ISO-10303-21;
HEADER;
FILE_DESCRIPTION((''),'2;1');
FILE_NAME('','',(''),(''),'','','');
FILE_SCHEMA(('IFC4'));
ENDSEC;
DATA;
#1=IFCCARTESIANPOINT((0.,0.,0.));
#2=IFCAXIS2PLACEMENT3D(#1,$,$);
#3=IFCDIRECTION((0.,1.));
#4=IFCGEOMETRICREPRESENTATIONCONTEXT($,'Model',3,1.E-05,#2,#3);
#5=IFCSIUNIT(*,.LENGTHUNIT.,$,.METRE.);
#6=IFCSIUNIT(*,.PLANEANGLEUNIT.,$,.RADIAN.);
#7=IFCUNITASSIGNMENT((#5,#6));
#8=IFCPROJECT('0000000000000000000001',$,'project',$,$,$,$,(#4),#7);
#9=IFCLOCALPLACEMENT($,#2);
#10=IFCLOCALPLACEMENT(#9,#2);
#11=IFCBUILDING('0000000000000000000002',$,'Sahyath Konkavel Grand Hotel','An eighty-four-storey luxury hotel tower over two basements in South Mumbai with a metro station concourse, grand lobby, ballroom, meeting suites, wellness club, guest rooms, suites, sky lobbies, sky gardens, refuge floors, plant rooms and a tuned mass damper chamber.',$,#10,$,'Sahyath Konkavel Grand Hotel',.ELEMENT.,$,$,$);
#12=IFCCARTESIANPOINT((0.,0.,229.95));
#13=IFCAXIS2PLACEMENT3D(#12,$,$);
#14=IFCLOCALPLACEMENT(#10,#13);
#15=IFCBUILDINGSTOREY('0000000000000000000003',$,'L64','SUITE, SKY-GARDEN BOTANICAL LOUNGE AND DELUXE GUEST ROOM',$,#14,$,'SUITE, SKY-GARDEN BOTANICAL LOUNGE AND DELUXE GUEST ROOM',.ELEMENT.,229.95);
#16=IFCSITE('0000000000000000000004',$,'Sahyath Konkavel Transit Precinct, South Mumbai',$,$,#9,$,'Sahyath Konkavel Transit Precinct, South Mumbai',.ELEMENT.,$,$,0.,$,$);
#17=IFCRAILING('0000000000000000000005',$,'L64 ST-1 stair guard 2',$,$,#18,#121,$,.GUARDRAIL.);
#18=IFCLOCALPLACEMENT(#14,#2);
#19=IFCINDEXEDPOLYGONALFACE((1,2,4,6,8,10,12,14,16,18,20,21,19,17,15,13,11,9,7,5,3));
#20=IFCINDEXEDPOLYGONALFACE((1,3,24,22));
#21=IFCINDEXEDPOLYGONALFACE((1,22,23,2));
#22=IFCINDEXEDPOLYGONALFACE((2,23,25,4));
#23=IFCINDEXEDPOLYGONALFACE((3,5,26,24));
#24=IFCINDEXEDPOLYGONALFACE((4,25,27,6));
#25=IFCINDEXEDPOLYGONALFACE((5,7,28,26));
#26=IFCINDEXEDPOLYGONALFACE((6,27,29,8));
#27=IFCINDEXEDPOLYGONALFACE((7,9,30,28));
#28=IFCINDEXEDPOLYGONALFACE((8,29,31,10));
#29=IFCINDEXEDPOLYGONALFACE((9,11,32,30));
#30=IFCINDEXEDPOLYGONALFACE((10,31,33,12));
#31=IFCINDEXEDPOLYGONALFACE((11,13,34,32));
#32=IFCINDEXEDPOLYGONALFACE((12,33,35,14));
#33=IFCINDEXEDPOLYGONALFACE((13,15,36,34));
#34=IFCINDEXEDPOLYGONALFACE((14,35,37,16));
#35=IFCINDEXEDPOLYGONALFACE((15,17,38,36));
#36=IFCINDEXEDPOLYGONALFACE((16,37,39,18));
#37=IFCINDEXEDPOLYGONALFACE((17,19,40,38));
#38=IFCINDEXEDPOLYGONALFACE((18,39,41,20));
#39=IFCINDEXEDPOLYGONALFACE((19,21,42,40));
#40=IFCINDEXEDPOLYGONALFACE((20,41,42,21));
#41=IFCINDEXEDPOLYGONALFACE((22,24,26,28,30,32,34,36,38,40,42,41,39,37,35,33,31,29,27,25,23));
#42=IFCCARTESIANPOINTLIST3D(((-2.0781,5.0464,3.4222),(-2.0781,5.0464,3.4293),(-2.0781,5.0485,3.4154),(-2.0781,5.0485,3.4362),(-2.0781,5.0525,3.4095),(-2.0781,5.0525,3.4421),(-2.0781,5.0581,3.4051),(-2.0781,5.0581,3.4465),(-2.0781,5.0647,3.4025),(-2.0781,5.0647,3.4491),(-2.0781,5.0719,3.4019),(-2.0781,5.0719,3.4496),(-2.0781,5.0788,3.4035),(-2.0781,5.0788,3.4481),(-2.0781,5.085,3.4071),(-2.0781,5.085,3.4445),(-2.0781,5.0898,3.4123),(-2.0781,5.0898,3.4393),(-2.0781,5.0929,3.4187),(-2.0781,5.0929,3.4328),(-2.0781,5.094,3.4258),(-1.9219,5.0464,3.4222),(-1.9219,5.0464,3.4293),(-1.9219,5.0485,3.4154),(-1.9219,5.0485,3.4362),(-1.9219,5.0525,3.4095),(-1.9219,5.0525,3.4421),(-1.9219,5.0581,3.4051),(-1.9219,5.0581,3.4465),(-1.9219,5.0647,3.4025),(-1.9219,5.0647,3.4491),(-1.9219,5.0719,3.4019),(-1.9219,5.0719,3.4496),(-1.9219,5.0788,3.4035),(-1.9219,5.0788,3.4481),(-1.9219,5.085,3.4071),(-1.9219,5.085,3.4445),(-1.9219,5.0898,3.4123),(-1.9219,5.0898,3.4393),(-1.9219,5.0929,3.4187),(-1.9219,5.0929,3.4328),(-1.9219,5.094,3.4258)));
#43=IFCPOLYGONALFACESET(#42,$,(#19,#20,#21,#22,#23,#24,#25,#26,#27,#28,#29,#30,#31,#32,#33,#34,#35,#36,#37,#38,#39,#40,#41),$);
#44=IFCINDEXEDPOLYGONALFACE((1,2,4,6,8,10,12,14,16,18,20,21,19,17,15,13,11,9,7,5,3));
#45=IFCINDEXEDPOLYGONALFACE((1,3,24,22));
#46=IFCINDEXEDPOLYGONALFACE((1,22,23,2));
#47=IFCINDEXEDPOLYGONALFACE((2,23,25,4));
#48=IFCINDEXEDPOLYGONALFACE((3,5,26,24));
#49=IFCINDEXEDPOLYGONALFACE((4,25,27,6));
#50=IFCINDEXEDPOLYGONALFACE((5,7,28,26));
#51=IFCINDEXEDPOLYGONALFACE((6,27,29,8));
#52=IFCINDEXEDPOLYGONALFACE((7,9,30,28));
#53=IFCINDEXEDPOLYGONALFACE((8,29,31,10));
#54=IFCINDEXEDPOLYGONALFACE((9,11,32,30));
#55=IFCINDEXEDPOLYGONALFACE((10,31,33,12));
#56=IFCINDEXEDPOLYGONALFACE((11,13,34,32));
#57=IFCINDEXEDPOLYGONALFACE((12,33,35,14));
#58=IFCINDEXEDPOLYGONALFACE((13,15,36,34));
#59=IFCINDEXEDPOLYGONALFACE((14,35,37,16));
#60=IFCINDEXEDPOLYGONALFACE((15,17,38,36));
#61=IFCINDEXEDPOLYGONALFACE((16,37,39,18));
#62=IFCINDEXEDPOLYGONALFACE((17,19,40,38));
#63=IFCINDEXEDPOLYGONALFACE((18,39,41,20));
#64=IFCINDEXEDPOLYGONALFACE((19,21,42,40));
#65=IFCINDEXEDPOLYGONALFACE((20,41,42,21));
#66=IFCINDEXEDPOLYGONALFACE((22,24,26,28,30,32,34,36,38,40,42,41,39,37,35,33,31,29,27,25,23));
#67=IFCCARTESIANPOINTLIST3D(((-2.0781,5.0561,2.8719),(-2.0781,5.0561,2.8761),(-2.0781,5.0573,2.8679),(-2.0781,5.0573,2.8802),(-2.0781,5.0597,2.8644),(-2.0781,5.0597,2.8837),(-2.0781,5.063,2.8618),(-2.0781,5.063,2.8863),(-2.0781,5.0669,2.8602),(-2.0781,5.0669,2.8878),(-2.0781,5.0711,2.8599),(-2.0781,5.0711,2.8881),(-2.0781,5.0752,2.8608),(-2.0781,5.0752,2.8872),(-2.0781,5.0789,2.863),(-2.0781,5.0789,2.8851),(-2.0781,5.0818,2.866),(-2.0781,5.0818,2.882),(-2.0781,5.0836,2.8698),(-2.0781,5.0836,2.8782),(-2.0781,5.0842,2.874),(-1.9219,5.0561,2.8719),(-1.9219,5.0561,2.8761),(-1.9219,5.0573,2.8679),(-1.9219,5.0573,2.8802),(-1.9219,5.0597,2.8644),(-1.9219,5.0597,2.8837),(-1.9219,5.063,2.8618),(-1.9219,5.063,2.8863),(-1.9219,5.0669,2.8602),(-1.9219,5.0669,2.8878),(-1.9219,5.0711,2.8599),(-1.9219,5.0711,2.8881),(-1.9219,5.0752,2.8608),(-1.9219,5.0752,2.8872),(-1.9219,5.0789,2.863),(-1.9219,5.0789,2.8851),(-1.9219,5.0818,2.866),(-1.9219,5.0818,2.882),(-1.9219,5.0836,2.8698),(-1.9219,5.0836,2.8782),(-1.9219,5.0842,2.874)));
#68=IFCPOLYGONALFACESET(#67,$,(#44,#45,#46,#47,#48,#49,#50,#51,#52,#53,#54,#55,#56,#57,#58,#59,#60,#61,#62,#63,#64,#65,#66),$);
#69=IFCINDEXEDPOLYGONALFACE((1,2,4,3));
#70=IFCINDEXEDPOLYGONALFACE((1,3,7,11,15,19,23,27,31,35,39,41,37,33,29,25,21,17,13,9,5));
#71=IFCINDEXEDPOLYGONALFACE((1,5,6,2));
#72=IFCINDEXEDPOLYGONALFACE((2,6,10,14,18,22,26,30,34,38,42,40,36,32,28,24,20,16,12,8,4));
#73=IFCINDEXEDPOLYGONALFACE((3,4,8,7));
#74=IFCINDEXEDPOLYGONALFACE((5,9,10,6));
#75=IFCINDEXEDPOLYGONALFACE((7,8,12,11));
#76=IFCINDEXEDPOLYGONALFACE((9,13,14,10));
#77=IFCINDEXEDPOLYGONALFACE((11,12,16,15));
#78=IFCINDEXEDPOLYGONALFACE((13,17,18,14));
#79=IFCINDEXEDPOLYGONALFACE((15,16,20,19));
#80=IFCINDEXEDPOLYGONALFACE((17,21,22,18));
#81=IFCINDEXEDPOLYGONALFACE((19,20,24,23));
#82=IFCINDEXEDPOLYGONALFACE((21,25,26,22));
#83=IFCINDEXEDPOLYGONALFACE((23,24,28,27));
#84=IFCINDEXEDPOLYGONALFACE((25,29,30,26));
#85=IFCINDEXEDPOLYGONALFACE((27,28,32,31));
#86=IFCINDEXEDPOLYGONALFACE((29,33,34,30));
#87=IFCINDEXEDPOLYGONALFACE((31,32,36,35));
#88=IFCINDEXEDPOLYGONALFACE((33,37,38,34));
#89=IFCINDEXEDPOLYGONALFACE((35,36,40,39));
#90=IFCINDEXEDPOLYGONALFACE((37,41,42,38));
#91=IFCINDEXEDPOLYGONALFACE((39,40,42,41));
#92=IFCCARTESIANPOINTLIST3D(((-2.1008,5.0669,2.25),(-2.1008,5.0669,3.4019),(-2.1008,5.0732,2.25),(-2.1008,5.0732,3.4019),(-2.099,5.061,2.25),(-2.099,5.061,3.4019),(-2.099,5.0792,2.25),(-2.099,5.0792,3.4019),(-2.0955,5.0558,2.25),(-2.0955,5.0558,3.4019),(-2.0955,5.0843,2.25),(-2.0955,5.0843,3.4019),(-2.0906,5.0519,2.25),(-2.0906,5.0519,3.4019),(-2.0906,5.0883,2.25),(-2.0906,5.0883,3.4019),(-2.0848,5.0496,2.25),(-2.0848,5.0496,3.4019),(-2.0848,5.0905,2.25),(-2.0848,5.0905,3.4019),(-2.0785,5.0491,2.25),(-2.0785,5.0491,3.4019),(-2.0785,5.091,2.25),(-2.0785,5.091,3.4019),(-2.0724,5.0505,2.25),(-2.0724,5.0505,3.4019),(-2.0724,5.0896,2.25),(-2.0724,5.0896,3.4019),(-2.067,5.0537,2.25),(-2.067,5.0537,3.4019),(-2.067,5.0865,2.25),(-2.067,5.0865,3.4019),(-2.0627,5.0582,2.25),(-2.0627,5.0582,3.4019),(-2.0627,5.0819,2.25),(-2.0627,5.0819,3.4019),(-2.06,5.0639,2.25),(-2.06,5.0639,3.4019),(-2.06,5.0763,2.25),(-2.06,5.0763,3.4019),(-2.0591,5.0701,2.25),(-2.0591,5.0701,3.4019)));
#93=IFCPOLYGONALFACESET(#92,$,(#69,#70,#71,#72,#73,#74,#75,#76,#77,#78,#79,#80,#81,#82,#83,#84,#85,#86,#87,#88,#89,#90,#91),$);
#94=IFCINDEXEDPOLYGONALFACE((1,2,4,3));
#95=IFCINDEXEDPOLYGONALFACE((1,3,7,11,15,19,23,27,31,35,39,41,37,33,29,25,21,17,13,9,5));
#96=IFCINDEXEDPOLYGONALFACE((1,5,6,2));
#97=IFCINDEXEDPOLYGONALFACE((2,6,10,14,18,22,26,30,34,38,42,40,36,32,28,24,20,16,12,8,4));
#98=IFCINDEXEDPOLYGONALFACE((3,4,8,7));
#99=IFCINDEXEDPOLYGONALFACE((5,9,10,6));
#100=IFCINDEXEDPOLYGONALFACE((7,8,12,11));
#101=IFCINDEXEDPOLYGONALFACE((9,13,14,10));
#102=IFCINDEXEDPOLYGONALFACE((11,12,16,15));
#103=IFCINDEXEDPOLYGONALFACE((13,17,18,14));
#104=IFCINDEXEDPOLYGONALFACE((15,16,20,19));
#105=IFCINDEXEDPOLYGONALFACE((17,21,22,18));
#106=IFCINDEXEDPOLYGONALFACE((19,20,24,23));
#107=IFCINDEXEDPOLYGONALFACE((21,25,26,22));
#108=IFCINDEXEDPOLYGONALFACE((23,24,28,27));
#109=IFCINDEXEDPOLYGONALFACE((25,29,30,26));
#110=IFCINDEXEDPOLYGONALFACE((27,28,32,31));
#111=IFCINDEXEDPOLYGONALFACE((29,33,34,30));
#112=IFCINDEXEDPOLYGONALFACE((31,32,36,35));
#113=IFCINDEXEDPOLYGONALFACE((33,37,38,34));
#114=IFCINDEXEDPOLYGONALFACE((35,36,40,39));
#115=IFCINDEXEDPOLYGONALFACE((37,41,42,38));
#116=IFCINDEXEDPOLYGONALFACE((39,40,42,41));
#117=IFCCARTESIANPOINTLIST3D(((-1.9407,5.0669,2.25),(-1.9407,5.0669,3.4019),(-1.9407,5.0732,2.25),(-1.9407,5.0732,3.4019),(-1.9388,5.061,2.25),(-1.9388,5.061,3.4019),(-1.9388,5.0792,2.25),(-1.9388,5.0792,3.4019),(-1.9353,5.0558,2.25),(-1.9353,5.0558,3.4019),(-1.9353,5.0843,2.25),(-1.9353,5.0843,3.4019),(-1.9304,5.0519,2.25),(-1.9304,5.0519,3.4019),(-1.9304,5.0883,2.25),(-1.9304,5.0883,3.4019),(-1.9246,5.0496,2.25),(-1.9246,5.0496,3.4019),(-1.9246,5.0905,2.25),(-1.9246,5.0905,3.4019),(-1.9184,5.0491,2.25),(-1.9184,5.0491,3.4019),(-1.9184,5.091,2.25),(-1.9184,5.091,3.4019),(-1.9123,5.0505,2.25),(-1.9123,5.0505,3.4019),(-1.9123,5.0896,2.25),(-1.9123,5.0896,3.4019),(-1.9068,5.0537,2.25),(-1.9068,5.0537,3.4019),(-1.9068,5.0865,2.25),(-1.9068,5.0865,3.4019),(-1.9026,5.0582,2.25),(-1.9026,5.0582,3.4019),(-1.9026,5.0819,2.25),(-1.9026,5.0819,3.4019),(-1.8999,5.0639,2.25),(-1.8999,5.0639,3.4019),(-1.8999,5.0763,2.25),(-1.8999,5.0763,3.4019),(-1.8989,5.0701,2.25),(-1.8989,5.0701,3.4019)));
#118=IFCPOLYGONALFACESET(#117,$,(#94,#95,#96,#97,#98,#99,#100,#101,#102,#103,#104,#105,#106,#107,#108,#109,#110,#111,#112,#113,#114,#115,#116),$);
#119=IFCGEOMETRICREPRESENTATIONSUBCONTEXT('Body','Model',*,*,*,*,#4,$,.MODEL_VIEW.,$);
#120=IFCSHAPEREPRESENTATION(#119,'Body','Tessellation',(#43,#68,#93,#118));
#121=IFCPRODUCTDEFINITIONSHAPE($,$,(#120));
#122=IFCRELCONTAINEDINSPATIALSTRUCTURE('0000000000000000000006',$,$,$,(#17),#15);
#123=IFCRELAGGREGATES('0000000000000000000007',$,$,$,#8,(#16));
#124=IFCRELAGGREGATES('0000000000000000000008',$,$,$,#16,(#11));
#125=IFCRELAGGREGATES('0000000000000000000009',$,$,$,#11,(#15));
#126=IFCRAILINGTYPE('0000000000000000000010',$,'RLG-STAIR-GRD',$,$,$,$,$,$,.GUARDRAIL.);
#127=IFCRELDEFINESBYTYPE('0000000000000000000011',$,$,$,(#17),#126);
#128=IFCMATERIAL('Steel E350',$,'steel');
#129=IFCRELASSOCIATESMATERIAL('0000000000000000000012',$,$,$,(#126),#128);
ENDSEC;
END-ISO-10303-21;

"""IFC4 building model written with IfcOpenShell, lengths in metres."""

from ifc_helpers import new_model, si_unit, direction, frame, origin, origin_2d, place, context, subcontext, project, spatial, circle, extrude, material, type_object, element, save


model = new_model("IFC4")

# Units and contexts
model_context = context("Model", 3, precision=1e-05, world=origin(), true_north=direction((0.0, 1.0)))
body_context = subcontext(model_context, "Body", "Model", "MODEL_VIEW")
ifc_project = project(units=[si_unit("LENGTHUNIT", "METRE"), si_unit("PLANEANGLEUNIT", "RADIAN")], contexts=[model_context])

# Site, building, storey
site_placement = place(None, origin())
site = spatial("IfcSite", under=ifc_project, at=site_placement, Name="Sahyath Konkavel Transit Precinct, South Mumbai", LongName="Sahyath Konkavel Transit Precinct, South Mumbai", CompositionType="ELEMENT", RefElevation=0.0)
building_placement = place(site_placement, origin())
building = spatial("IfcBuilding", under=site, at=building_placement, Name="Sahyath Konkavel Grand Hotel", Description="An eighty-four-storey luxury hotel tower over two basements in South Mumbai with a metro station concourse, grand lobby, ballroom, meeting suites, wellness club, guest rooms, suites, sky lobbies, sky gardens, refuge floors, plant rooms and a tuned mass damper chamber.", LongName="Sahyath Konkavel Grand Hotel", CompositionType="ELEMENT")
storey_placement = place(building_placement, frame((0.0, 0.0, 229.95)))
storey = spatial("IfcBuildingStorey", under=building, at=storey_placement, Name="L64", Description="SUITE, SKY-GARDEN BOTANICAL LOUNGE AND DELUXE GUEST ROOM", LongName="SUITE, SKY-GARDEN BOTANICAL LOUNGE AND DELUXE GUEST ROOM", CompositionType="ELEMENT", Elevation=229.95)

# Shared definitions
ifc_material_1 = material(Name="Steel E350", Category="steel")

# Railing
railing_type_1 = type_object("IfcRailingType", Name="RLG-STAIR-GRD", PredefinedType="GUARDRAIL", material=ifc_material_1)
railing_1_placement = place(storey_placement, frame((-2.0801, 5.0701, 2.25)))
element("IfcRailing", 1, at=railing_1_placement, inside=storey, type_object=railing_type_1, Name="L64 ST-1 stair guard 2", PredefinedType="GUARDRAIL", context=body_context, shape_type="SweptSolid", body=[
    extrude(circle(Radius=0.0239, at=origin_2d()), frame((0.002, 0.0, 1.1758), z_axis=(1.0, 0.0, 0.0), x_axis=(0.0, 1.0, 0.0)), (0.0, 0.0, 1.0), 0.1562),
    extrude(circle(Radius=0.0142, at=origin_2d()), frame((0.002, 0.0, 0.624), z_axis=(1.0, 0.0, 0.0), x_axis=(0.0, 1.0, 0.0)), (0.0, 0.0, 1.0), 0.1562),
    extrude(circle(Radius=0.021, at=origin_2d()), origin(), (0.0, 0.0, 1.0), 1.1519),
    extrude(circle(Radius=0.021, at=origin_2d()), frame((0.1602, 0.0, 0.0)), (0.0, 0.0, 1.0), 1.1519),
])

save(model, "model.ifc")
